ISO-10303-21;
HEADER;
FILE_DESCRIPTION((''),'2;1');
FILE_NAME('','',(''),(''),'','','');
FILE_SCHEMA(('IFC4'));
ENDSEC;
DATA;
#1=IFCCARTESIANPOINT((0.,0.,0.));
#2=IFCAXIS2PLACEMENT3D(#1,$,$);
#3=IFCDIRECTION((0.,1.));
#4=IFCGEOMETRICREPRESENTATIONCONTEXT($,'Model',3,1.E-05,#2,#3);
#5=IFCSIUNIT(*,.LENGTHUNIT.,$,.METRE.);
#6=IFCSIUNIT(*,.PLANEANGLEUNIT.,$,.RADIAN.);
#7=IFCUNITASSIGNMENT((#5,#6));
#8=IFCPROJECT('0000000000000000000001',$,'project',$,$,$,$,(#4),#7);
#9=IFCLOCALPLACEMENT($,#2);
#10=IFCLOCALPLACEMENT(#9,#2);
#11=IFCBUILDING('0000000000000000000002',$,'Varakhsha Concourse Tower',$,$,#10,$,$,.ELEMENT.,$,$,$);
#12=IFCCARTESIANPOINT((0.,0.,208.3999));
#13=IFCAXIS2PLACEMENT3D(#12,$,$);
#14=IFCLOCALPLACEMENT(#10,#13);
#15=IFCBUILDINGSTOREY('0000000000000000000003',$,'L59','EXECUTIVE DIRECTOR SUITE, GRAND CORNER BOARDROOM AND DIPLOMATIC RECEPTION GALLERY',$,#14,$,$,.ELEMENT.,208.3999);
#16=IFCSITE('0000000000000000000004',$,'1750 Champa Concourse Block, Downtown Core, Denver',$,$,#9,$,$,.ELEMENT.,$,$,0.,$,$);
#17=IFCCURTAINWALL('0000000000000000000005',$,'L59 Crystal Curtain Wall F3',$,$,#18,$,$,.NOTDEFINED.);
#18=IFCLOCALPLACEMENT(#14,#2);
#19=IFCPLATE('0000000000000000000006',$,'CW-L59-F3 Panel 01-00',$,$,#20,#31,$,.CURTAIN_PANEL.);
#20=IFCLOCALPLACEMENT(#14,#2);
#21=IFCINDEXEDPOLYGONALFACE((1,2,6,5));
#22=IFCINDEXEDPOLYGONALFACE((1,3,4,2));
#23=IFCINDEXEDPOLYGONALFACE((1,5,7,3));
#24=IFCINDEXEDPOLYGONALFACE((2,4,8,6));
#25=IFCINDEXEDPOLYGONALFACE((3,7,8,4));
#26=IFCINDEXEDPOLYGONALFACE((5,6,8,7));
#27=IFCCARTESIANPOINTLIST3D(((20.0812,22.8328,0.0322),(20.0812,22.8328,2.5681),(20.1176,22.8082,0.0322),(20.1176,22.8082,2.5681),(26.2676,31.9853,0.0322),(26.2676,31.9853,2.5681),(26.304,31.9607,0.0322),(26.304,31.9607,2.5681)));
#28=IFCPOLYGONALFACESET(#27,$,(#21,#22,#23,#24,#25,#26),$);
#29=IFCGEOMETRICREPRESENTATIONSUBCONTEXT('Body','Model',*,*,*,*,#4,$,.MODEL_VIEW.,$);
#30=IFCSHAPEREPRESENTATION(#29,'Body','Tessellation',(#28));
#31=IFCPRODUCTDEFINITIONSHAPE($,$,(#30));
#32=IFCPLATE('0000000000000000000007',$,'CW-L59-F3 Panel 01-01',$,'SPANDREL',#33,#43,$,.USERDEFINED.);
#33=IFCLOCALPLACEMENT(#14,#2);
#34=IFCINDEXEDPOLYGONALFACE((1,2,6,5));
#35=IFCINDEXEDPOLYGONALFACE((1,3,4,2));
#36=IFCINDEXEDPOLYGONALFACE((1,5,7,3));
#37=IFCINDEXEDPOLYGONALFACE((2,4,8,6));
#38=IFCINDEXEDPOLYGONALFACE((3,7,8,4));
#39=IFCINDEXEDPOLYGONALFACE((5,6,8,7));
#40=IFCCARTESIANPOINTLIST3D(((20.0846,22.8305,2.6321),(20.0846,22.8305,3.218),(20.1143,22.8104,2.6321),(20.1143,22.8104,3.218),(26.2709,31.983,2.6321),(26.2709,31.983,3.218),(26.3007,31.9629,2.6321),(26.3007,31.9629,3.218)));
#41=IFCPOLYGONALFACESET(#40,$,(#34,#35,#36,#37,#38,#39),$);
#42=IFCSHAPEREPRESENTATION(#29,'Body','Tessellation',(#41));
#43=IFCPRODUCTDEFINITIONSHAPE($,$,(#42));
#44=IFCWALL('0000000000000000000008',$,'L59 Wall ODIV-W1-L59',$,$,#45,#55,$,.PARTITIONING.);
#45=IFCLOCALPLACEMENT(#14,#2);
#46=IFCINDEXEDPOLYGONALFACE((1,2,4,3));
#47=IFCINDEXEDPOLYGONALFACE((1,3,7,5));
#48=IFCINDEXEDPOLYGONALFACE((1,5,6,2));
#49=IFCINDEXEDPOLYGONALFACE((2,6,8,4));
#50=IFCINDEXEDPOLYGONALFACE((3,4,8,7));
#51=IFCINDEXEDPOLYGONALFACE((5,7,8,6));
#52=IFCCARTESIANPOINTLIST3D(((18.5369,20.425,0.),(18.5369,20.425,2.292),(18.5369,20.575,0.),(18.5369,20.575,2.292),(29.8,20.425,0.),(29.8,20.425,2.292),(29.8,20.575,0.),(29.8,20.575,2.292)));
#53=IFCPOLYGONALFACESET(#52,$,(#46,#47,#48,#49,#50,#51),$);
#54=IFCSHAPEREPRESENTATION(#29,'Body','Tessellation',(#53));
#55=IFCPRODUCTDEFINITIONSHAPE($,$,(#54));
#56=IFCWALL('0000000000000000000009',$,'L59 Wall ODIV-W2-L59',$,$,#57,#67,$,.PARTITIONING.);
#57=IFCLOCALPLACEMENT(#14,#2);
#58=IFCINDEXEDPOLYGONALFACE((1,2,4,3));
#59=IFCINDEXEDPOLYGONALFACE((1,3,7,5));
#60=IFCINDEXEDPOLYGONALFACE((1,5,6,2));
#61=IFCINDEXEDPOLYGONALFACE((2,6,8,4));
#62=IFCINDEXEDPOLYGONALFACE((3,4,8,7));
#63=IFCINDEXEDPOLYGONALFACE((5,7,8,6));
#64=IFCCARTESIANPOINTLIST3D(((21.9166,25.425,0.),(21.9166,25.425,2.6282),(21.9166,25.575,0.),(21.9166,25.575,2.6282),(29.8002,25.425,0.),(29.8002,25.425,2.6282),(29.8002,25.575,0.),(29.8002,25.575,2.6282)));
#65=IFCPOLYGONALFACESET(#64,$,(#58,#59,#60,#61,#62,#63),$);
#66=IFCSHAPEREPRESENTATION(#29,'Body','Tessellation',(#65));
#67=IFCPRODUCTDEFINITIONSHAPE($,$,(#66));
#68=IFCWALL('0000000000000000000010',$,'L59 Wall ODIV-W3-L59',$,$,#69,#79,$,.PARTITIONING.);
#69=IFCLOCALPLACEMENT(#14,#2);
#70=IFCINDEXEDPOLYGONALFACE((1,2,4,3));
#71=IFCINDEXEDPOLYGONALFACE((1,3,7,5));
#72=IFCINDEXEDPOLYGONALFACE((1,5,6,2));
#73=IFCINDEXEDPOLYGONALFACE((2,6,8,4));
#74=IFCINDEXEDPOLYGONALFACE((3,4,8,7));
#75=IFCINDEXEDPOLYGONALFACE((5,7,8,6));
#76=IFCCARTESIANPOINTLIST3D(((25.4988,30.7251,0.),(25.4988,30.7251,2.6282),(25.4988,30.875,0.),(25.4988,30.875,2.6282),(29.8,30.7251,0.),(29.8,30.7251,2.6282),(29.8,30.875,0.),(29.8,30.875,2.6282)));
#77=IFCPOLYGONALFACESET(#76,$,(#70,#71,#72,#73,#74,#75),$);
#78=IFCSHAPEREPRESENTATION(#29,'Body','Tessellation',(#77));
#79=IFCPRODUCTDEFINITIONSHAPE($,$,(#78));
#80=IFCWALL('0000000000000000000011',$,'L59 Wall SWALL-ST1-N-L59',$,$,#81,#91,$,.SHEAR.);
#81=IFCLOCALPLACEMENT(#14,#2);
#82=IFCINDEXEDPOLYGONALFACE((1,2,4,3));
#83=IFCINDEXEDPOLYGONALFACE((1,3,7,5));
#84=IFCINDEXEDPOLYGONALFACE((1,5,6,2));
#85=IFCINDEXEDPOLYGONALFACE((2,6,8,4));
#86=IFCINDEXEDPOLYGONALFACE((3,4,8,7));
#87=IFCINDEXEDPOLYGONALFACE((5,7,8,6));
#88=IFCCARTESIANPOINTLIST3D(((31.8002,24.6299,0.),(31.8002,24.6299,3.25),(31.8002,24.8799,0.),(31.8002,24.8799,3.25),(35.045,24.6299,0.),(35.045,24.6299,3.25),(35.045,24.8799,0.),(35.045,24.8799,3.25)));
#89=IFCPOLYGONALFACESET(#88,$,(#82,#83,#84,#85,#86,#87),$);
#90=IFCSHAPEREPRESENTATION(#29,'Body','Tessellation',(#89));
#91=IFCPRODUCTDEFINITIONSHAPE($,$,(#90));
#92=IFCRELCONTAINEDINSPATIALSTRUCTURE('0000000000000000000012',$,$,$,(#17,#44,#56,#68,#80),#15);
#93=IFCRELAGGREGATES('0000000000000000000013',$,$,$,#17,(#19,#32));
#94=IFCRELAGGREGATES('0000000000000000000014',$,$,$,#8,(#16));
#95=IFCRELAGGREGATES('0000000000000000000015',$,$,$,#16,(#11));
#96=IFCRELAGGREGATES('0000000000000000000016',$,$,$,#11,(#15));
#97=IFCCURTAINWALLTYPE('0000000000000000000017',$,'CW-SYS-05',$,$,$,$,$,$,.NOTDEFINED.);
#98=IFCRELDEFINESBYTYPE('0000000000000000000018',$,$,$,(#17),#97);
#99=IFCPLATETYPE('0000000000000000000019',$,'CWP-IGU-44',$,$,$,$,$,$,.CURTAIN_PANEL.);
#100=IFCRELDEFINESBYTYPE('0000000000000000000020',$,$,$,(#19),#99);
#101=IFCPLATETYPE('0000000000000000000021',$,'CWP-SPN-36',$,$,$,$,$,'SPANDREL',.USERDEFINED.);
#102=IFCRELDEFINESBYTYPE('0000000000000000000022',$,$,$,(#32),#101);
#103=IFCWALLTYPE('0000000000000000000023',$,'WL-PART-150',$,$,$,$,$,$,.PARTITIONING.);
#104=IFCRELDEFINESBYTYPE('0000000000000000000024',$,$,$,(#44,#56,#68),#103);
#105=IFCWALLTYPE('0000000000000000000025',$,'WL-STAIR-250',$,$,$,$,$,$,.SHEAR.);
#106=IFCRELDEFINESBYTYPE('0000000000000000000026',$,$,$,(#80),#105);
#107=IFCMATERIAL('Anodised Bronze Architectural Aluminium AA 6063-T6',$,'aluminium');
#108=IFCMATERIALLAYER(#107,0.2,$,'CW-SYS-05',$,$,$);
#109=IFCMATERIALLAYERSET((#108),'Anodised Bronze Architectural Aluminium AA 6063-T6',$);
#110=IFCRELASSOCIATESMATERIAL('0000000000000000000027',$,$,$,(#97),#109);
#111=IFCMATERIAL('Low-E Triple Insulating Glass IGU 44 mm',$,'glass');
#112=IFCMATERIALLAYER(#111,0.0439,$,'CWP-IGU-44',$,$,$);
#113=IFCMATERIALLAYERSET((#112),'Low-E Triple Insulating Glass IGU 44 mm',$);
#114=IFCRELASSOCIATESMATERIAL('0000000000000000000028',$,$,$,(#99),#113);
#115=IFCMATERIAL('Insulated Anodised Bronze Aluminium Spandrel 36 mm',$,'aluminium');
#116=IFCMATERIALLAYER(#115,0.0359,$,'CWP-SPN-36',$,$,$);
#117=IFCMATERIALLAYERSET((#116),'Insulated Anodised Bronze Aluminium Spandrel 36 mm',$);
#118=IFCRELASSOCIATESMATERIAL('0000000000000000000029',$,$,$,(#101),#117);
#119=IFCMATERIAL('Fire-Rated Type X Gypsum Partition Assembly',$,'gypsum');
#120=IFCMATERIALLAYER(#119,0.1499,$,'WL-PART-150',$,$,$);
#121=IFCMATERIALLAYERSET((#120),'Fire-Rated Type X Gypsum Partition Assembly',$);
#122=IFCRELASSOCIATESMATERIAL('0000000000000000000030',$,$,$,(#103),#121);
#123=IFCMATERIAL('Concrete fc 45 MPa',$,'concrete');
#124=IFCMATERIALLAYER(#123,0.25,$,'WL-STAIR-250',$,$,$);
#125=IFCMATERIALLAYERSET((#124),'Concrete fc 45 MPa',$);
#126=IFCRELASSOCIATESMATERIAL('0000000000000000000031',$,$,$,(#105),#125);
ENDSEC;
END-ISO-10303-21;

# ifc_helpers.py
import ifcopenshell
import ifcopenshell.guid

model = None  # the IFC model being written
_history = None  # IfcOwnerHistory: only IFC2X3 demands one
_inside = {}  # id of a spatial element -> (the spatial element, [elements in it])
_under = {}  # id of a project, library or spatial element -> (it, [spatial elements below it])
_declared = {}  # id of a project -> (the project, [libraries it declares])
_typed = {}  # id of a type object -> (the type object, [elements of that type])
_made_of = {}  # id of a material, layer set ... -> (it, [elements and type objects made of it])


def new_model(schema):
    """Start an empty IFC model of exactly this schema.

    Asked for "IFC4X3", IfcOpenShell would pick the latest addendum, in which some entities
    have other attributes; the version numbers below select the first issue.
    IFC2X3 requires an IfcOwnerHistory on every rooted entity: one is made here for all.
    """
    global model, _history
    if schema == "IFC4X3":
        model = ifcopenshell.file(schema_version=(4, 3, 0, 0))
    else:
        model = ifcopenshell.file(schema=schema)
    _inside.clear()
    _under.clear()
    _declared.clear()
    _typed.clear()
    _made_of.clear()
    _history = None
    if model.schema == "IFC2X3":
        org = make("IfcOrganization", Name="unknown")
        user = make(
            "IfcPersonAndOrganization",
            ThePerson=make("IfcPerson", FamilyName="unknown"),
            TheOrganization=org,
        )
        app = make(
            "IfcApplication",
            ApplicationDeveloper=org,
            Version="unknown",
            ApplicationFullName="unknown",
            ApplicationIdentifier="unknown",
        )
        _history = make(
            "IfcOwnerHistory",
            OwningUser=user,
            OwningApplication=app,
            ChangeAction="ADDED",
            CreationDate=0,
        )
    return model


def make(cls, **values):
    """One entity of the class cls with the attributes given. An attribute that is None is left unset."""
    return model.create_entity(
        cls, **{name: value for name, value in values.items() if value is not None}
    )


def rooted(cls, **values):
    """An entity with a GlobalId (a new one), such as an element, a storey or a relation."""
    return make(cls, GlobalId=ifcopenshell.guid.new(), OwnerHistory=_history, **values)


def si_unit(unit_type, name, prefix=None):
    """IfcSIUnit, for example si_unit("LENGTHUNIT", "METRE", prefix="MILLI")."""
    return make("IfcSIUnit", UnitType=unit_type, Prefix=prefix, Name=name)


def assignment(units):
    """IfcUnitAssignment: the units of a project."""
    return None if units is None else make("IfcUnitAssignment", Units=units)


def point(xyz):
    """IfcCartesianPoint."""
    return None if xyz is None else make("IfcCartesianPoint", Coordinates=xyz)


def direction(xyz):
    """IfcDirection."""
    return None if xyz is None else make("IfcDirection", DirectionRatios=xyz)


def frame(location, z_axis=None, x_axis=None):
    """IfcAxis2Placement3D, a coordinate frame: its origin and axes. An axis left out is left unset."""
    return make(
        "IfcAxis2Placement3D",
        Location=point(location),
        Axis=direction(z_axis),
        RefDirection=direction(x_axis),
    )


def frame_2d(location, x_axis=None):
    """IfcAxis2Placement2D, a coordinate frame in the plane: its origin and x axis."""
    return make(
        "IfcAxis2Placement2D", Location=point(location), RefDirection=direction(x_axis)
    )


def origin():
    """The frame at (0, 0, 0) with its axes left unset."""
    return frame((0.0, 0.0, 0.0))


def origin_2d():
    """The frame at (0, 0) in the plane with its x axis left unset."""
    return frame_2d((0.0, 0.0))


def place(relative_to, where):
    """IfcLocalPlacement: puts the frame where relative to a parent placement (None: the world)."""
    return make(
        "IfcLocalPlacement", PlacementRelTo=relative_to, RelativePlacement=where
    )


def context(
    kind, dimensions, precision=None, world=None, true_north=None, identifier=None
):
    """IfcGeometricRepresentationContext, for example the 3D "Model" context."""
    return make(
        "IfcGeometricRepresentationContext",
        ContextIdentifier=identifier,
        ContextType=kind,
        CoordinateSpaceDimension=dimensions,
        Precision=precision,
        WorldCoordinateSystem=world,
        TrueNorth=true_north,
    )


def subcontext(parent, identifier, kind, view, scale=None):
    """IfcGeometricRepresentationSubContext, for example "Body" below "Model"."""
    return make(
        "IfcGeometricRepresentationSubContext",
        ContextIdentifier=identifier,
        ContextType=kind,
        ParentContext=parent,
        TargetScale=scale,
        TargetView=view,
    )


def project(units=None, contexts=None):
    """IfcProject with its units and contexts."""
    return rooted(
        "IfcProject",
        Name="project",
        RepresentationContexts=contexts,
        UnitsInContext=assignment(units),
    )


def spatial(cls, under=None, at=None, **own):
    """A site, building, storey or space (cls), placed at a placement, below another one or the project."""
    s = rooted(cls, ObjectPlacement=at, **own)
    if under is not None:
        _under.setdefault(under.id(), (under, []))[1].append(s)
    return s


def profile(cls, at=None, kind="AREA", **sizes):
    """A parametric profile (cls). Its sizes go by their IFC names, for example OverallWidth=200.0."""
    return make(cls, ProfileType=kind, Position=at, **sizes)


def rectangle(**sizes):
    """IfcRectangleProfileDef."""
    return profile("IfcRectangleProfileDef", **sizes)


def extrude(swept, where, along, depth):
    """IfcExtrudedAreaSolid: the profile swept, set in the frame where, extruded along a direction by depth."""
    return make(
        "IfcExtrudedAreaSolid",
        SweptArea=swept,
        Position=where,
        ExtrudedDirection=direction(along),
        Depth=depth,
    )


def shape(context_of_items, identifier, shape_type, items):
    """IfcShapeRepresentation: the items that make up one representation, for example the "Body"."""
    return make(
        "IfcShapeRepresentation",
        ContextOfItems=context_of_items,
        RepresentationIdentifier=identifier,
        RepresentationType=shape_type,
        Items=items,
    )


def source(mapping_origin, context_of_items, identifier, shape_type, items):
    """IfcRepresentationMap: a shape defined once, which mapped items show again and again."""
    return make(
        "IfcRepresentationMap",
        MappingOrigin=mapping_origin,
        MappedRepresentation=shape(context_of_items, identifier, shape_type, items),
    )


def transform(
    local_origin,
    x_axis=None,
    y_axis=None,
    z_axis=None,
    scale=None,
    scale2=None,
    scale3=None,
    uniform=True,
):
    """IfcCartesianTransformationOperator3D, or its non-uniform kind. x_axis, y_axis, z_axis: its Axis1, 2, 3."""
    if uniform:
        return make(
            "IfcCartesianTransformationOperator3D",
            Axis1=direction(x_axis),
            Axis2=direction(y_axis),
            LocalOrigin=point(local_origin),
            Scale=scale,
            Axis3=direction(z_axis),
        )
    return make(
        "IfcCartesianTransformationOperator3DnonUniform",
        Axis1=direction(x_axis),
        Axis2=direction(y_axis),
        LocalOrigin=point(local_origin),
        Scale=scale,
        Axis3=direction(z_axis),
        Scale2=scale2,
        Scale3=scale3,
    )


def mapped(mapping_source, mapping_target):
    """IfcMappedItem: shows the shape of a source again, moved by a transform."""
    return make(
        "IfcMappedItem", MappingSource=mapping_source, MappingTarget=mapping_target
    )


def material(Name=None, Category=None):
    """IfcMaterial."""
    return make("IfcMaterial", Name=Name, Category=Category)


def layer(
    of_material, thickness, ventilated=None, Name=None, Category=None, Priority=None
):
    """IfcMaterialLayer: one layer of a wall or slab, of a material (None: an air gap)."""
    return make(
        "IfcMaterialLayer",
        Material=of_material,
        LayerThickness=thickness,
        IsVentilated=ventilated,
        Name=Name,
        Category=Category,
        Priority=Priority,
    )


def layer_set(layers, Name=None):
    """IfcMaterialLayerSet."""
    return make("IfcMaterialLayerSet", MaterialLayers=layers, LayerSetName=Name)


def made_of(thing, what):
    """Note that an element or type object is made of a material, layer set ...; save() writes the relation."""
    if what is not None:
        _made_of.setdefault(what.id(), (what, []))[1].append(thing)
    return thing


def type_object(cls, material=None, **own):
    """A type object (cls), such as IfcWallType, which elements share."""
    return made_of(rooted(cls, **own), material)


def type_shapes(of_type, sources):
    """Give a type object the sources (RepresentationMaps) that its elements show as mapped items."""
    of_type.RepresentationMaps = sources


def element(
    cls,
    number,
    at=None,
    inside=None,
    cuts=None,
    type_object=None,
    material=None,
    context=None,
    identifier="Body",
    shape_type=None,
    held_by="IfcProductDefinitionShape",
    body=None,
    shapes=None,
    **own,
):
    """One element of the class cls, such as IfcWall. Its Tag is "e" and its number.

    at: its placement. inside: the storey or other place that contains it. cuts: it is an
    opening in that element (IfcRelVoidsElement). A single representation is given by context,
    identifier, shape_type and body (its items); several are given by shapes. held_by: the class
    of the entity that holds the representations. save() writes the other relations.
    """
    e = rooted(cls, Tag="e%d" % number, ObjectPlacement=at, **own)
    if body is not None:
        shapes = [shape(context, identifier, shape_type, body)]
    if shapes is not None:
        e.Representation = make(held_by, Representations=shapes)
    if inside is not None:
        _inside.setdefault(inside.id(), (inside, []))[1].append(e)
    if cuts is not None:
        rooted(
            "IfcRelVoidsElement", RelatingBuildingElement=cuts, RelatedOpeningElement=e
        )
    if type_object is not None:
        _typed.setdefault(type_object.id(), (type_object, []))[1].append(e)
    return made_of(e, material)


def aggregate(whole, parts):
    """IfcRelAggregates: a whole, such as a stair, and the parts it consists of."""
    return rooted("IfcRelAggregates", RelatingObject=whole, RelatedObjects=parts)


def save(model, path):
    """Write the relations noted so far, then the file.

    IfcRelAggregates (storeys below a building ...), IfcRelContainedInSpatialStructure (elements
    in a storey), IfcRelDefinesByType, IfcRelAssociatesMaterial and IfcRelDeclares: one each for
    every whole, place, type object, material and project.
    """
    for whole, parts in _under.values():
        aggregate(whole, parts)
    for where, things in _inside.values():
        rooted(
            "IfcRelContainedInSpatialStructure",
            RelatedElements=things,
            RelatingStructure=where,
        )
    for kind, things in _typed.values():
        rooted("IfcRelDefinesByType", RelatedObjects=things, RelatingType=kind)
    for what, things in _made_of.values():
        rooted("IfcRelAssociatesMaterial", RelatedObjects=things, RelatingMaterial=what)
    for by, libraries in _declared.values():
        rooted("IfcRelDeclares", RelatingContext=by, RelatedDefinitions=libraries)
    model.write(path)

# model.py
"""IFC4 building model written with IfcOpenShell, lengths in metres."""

from ifc_helpers import new_model, si_unit, direction, frame, frame_2d, origin, origin_2d, place, context, subcontext, project, spatial, rectangle, extrude, source, transform, mapped, material, layer, layer_set, type_object, type_shapes, element, aggregate, save


model = new_model("IFC4")

# Units and contexts
model_context = context("Model", 3, precision=1e-05, world=origin(), true_north=direction((0.0, 1.0)))
body_context = subcontext(model_context, "Body", "Model", "MODEL_VIEW")
ifc_project = project(units=[si_unit("LENGTHUNIT", "METRE"), si_unit("PLANEANGLEUNIT", "RADIAN")], contexts=[model_context])

# Site, building, storey
site_placement = place(None, origin())
site = spatial("IfcSite", under=ifc_project, at=site_placement, Name="1750 Champa Concourse Block, Downtown Core, Denver", CompositionType="ELEMENT", RefElevation=0.0)
building_placement = place(site_placement, origin())
building = spatial("IfcBuilding", under=site, at=building_placement, Name="Varakhsha Concourse Tower", CompositionType="ELEMENT")
storey_placement = place(building_placement, frame((0.0, 0.0, 208.3999)))
storey = spatial("IfcBuildingStorey", under=building, at=storey_placement, Name="L59", Description="EXECUTIVE DIRECTOR SUITE, GRAND CORNER BOARDROOM AND DIPLOMATIC RECEPTION GALLERY", CompositionType="ELEMENT", Elevation=208.3999)

# Curtain wall, plates
ifc_material_1 = material(Name="Anodised Bronze Architectural Aluminium AA 6063-T6", Category="aluminium")
ifc_layer_1 = layer(ifc_material_1, 0.2, Name="CW-SYS-05")
ifc_layer_set_1 = layer_set([ifc_layer_1], Name="Anodised Bronze Architectural Aluminium AA 6063-T6")
curtain_wall_type = type_object("IfcCurtainWallType", Name="CW-SYS-05", PredefinedType="NOTDEFINED", material=ifc_layer_set_1)
curtain_wall_placement = place(storey_placement, origin())
curtain_wall = element("IfcCurtainWall", 1, at=curtain_wall_placement, inside=storey, type_object=curtain_wall_type, Name="L59 Crystal Curtain Wall F3", PredefinedType="NOTDEFINED")
ifc_material_2 = material(Name="Low-E Triple Insulating Glass IGU 44 mm", Category="glass")
ifc_layer_2 = layer(ifc_material_2, 0.0439, Name="CWP-IGU-44")
ifc_layer_set_2 = layer_set([ifc_layer_2], Name="Low-E Triple Insulating Glass IGU 44 mm")
plate_type_1 = type_object("IfcPlateType", Name="CWP-IGU-44", PredefinedType="CURTAIN_PANEL", material=ifc_layer_set_2)
shared_shape_1 = source(origin(), body_context, "Body", "SweptSolid", [
    extrude(rectangle(XDim=11.0471, YDim=0.0439, at=origin_2d()), origin(), (0.0, 0.0, 1.0), 2.5359),
])
type_shapes(plate_type_1, [shared_shape_1])
plate_1_placement = place(storey_placement, frame((23.1926, 27.3967, 0.0322), z_axis=(0.0, 0.0, 1.0), x_axis=(0.559999, 0.828494, 0.0)))
plate_1 = element("IfcPlate", 2, at=plate_1_placement, type_object=plate_type_1, Name="CW-L59-F3 Panel 01-00", PredefinedType="CURTAIN_PANEL", context=body_context, shape_type="MappedRepresentation", body=[
    mapped(shared_shape_1, transform((0.0, 0.0, 0.0), scale=1.0)),
])
ifc_material_3 = material(Name="Insulated Anodised Bronze Aluminium Spandrel 36 mm", Category="aluminium")
ifc_layer_3 = layer(ifc_material_3, 0.0359, Name="CWP-SPN-36")
ifc_layer_set_3 = layer_set([ifc_layer_3], Name="Insulated Anodised Bronze Aluminium Spandrel 36 mm")
plate_type_2 = type_object("IfcPlateType", Name="CWP-SPN-36", ElementType="SPANDREL", PredefinedType="USERDEFINED", material=ifc_layer_set_3)
shared_shape_2 = source(origin(), body_context, "Body", "SweptSolid", [
    extrude(rectangle(XDim=11.0471, YDim=0.0359, at=origin_2d()), origin(), (0.0, 0.0, 1.0), 0.5859),
])
type_shapes(plate_type_2, [shared_shape_2])
plate_2_placement = place(storey_placement, frame((23.1926, 27.3967, 2.6321), z_axis=(0.0, 0.0, 1.0), x_axis=(0.559999, 0.828494, 0.0)))
plate_2 = element("IfcPlate", 3, at=plate_2_placement, type_object=plate_type_2, Name="CW-L59-F3 Panel 01-01", ObjectType="SPANDREL", PredefinedType="USERDEFINED", context=body_context, shape_type="MappedRepresentation", body=[
    mapped(shared_shape_2, transform((0.0, 0.0, 0.0), scale=1.0)),
])
aggregate(curtain_wall, [plate_1, plate_2])

# Walls
ifc_material_4 = material(Name="Fire-Rated Type X Gypsum Partition Assembly", Category="gypsum")
ifc_layer_4 = layer(ifc_material_4, 0.1499, Name="WL-PART-150")
ifc_layer_set_4 = layer_set([ifc_layer_4], Name="Fire-Rated Type X Gypsum Partition Assembly")
wall_type_1 = type_object("IfcWallType", Name="WL-PART-150", PredefinedType="PARTITIONING", material=ifc_layer_set_4)
wall_1_placement = place(storey_placement, frame((18.5369, 20.5, 0.0), z_axis=(0.0, 0.0, 1.0), x_axis=(1.0, 0.0, 0.0)))
element("IfcWall", 4, at=wall_1_placement, inside=storey, type_object=wall_type_1, Name="L59 Wall ODIV-W1-L59", PredefinedType="PARTITIONING", context=body_context, shape_type="SweptSolid", body=[
    extrude(rectangle(XDim=11.2632, YDim=0.1499, at=frame_2d((5.6316, 0.0))), origin(), (0.0, 0.0, 1.0), 2.292),
])
wall_2_placement = place(storey_placement, frame((21.9165, 25.5, 0.0), z_axis=(0.0, 0.0, 1.0), x_axis=(1.0, 0.0, 0.0)))
element("IfcWall", 5, at=wall_2_placement, inside=storey, type_object=wall_type_1, Name="L59 Wall ODIV-W2-L59", PredefinedType="PARTITIONING", context=body_context, shape_type="SweptSolid", body=[
    extrude(rectangle(XDim=7.8835, YDim=0.1499, at=frame_2d((3.9419, 0.0))), origin(), (0.0, 0.0, 1.0), 2.6282),
])
wall_3_placement = place(storey_placement, frame((25.4988, 30.8, 0.0), z_axis=(0.0, 0.0, 1.0), x_axis=(1.0, 0.0, 0.0)))
element("IfcWall", 6, at=wall_3_placement, inside=storey, type_object=wall_type_1, Name="L59 Wall ODIV-W3-L59", PredefinedType="PARTITIONING", context=body_context, shape_type="SweptSolid", body=[
    extrude(rectangle(XDim=4.3013, YDim=0.1499, at=frame_2d((2.1506, 0.0))), origin(), (0.0, 0.0, 1.0), 2.6282),
])

# Wall
ifc_material_5 = material(Name="Concrete fc 45 MPa", Category="concrete")
ifc_layer_5 = layer(ifc_material_5, 0.25, Name="WL-STAIR-250")
ifc_layer_set_5 = layer_set([ifc_layer_5], Name="Concrete fc 45 MPa")
wall_type_2 = type_object("IfcWallType", Name="WL-STAIR-250", PredefinedType="SHEAR", material=ifc_layer_set_5)
wall_4_placement = place(storey_placement, frame((31.8, 24.7549, 0.0), z_axis=(0.0, 0.0, 1.0), x_axis=(1.0, 0.0, 0.0)))
element("IfcWall", 7, at=wall_4_placement, inside=storey, type_object=wall_type_2, Name="L59 Wall SWALL-ST1-N-L59", PredefinedType="SHEAR", context=body_context, shape_type="SweptSolid", body=[
    extrude(rectangle(XDim=3.2449, YDim=0.25, at=frame_2d((1.6226, 0.0))), origin(), (0.0, 0.0, 1.0), 3.25),
])

save(model, "model.ifc")
